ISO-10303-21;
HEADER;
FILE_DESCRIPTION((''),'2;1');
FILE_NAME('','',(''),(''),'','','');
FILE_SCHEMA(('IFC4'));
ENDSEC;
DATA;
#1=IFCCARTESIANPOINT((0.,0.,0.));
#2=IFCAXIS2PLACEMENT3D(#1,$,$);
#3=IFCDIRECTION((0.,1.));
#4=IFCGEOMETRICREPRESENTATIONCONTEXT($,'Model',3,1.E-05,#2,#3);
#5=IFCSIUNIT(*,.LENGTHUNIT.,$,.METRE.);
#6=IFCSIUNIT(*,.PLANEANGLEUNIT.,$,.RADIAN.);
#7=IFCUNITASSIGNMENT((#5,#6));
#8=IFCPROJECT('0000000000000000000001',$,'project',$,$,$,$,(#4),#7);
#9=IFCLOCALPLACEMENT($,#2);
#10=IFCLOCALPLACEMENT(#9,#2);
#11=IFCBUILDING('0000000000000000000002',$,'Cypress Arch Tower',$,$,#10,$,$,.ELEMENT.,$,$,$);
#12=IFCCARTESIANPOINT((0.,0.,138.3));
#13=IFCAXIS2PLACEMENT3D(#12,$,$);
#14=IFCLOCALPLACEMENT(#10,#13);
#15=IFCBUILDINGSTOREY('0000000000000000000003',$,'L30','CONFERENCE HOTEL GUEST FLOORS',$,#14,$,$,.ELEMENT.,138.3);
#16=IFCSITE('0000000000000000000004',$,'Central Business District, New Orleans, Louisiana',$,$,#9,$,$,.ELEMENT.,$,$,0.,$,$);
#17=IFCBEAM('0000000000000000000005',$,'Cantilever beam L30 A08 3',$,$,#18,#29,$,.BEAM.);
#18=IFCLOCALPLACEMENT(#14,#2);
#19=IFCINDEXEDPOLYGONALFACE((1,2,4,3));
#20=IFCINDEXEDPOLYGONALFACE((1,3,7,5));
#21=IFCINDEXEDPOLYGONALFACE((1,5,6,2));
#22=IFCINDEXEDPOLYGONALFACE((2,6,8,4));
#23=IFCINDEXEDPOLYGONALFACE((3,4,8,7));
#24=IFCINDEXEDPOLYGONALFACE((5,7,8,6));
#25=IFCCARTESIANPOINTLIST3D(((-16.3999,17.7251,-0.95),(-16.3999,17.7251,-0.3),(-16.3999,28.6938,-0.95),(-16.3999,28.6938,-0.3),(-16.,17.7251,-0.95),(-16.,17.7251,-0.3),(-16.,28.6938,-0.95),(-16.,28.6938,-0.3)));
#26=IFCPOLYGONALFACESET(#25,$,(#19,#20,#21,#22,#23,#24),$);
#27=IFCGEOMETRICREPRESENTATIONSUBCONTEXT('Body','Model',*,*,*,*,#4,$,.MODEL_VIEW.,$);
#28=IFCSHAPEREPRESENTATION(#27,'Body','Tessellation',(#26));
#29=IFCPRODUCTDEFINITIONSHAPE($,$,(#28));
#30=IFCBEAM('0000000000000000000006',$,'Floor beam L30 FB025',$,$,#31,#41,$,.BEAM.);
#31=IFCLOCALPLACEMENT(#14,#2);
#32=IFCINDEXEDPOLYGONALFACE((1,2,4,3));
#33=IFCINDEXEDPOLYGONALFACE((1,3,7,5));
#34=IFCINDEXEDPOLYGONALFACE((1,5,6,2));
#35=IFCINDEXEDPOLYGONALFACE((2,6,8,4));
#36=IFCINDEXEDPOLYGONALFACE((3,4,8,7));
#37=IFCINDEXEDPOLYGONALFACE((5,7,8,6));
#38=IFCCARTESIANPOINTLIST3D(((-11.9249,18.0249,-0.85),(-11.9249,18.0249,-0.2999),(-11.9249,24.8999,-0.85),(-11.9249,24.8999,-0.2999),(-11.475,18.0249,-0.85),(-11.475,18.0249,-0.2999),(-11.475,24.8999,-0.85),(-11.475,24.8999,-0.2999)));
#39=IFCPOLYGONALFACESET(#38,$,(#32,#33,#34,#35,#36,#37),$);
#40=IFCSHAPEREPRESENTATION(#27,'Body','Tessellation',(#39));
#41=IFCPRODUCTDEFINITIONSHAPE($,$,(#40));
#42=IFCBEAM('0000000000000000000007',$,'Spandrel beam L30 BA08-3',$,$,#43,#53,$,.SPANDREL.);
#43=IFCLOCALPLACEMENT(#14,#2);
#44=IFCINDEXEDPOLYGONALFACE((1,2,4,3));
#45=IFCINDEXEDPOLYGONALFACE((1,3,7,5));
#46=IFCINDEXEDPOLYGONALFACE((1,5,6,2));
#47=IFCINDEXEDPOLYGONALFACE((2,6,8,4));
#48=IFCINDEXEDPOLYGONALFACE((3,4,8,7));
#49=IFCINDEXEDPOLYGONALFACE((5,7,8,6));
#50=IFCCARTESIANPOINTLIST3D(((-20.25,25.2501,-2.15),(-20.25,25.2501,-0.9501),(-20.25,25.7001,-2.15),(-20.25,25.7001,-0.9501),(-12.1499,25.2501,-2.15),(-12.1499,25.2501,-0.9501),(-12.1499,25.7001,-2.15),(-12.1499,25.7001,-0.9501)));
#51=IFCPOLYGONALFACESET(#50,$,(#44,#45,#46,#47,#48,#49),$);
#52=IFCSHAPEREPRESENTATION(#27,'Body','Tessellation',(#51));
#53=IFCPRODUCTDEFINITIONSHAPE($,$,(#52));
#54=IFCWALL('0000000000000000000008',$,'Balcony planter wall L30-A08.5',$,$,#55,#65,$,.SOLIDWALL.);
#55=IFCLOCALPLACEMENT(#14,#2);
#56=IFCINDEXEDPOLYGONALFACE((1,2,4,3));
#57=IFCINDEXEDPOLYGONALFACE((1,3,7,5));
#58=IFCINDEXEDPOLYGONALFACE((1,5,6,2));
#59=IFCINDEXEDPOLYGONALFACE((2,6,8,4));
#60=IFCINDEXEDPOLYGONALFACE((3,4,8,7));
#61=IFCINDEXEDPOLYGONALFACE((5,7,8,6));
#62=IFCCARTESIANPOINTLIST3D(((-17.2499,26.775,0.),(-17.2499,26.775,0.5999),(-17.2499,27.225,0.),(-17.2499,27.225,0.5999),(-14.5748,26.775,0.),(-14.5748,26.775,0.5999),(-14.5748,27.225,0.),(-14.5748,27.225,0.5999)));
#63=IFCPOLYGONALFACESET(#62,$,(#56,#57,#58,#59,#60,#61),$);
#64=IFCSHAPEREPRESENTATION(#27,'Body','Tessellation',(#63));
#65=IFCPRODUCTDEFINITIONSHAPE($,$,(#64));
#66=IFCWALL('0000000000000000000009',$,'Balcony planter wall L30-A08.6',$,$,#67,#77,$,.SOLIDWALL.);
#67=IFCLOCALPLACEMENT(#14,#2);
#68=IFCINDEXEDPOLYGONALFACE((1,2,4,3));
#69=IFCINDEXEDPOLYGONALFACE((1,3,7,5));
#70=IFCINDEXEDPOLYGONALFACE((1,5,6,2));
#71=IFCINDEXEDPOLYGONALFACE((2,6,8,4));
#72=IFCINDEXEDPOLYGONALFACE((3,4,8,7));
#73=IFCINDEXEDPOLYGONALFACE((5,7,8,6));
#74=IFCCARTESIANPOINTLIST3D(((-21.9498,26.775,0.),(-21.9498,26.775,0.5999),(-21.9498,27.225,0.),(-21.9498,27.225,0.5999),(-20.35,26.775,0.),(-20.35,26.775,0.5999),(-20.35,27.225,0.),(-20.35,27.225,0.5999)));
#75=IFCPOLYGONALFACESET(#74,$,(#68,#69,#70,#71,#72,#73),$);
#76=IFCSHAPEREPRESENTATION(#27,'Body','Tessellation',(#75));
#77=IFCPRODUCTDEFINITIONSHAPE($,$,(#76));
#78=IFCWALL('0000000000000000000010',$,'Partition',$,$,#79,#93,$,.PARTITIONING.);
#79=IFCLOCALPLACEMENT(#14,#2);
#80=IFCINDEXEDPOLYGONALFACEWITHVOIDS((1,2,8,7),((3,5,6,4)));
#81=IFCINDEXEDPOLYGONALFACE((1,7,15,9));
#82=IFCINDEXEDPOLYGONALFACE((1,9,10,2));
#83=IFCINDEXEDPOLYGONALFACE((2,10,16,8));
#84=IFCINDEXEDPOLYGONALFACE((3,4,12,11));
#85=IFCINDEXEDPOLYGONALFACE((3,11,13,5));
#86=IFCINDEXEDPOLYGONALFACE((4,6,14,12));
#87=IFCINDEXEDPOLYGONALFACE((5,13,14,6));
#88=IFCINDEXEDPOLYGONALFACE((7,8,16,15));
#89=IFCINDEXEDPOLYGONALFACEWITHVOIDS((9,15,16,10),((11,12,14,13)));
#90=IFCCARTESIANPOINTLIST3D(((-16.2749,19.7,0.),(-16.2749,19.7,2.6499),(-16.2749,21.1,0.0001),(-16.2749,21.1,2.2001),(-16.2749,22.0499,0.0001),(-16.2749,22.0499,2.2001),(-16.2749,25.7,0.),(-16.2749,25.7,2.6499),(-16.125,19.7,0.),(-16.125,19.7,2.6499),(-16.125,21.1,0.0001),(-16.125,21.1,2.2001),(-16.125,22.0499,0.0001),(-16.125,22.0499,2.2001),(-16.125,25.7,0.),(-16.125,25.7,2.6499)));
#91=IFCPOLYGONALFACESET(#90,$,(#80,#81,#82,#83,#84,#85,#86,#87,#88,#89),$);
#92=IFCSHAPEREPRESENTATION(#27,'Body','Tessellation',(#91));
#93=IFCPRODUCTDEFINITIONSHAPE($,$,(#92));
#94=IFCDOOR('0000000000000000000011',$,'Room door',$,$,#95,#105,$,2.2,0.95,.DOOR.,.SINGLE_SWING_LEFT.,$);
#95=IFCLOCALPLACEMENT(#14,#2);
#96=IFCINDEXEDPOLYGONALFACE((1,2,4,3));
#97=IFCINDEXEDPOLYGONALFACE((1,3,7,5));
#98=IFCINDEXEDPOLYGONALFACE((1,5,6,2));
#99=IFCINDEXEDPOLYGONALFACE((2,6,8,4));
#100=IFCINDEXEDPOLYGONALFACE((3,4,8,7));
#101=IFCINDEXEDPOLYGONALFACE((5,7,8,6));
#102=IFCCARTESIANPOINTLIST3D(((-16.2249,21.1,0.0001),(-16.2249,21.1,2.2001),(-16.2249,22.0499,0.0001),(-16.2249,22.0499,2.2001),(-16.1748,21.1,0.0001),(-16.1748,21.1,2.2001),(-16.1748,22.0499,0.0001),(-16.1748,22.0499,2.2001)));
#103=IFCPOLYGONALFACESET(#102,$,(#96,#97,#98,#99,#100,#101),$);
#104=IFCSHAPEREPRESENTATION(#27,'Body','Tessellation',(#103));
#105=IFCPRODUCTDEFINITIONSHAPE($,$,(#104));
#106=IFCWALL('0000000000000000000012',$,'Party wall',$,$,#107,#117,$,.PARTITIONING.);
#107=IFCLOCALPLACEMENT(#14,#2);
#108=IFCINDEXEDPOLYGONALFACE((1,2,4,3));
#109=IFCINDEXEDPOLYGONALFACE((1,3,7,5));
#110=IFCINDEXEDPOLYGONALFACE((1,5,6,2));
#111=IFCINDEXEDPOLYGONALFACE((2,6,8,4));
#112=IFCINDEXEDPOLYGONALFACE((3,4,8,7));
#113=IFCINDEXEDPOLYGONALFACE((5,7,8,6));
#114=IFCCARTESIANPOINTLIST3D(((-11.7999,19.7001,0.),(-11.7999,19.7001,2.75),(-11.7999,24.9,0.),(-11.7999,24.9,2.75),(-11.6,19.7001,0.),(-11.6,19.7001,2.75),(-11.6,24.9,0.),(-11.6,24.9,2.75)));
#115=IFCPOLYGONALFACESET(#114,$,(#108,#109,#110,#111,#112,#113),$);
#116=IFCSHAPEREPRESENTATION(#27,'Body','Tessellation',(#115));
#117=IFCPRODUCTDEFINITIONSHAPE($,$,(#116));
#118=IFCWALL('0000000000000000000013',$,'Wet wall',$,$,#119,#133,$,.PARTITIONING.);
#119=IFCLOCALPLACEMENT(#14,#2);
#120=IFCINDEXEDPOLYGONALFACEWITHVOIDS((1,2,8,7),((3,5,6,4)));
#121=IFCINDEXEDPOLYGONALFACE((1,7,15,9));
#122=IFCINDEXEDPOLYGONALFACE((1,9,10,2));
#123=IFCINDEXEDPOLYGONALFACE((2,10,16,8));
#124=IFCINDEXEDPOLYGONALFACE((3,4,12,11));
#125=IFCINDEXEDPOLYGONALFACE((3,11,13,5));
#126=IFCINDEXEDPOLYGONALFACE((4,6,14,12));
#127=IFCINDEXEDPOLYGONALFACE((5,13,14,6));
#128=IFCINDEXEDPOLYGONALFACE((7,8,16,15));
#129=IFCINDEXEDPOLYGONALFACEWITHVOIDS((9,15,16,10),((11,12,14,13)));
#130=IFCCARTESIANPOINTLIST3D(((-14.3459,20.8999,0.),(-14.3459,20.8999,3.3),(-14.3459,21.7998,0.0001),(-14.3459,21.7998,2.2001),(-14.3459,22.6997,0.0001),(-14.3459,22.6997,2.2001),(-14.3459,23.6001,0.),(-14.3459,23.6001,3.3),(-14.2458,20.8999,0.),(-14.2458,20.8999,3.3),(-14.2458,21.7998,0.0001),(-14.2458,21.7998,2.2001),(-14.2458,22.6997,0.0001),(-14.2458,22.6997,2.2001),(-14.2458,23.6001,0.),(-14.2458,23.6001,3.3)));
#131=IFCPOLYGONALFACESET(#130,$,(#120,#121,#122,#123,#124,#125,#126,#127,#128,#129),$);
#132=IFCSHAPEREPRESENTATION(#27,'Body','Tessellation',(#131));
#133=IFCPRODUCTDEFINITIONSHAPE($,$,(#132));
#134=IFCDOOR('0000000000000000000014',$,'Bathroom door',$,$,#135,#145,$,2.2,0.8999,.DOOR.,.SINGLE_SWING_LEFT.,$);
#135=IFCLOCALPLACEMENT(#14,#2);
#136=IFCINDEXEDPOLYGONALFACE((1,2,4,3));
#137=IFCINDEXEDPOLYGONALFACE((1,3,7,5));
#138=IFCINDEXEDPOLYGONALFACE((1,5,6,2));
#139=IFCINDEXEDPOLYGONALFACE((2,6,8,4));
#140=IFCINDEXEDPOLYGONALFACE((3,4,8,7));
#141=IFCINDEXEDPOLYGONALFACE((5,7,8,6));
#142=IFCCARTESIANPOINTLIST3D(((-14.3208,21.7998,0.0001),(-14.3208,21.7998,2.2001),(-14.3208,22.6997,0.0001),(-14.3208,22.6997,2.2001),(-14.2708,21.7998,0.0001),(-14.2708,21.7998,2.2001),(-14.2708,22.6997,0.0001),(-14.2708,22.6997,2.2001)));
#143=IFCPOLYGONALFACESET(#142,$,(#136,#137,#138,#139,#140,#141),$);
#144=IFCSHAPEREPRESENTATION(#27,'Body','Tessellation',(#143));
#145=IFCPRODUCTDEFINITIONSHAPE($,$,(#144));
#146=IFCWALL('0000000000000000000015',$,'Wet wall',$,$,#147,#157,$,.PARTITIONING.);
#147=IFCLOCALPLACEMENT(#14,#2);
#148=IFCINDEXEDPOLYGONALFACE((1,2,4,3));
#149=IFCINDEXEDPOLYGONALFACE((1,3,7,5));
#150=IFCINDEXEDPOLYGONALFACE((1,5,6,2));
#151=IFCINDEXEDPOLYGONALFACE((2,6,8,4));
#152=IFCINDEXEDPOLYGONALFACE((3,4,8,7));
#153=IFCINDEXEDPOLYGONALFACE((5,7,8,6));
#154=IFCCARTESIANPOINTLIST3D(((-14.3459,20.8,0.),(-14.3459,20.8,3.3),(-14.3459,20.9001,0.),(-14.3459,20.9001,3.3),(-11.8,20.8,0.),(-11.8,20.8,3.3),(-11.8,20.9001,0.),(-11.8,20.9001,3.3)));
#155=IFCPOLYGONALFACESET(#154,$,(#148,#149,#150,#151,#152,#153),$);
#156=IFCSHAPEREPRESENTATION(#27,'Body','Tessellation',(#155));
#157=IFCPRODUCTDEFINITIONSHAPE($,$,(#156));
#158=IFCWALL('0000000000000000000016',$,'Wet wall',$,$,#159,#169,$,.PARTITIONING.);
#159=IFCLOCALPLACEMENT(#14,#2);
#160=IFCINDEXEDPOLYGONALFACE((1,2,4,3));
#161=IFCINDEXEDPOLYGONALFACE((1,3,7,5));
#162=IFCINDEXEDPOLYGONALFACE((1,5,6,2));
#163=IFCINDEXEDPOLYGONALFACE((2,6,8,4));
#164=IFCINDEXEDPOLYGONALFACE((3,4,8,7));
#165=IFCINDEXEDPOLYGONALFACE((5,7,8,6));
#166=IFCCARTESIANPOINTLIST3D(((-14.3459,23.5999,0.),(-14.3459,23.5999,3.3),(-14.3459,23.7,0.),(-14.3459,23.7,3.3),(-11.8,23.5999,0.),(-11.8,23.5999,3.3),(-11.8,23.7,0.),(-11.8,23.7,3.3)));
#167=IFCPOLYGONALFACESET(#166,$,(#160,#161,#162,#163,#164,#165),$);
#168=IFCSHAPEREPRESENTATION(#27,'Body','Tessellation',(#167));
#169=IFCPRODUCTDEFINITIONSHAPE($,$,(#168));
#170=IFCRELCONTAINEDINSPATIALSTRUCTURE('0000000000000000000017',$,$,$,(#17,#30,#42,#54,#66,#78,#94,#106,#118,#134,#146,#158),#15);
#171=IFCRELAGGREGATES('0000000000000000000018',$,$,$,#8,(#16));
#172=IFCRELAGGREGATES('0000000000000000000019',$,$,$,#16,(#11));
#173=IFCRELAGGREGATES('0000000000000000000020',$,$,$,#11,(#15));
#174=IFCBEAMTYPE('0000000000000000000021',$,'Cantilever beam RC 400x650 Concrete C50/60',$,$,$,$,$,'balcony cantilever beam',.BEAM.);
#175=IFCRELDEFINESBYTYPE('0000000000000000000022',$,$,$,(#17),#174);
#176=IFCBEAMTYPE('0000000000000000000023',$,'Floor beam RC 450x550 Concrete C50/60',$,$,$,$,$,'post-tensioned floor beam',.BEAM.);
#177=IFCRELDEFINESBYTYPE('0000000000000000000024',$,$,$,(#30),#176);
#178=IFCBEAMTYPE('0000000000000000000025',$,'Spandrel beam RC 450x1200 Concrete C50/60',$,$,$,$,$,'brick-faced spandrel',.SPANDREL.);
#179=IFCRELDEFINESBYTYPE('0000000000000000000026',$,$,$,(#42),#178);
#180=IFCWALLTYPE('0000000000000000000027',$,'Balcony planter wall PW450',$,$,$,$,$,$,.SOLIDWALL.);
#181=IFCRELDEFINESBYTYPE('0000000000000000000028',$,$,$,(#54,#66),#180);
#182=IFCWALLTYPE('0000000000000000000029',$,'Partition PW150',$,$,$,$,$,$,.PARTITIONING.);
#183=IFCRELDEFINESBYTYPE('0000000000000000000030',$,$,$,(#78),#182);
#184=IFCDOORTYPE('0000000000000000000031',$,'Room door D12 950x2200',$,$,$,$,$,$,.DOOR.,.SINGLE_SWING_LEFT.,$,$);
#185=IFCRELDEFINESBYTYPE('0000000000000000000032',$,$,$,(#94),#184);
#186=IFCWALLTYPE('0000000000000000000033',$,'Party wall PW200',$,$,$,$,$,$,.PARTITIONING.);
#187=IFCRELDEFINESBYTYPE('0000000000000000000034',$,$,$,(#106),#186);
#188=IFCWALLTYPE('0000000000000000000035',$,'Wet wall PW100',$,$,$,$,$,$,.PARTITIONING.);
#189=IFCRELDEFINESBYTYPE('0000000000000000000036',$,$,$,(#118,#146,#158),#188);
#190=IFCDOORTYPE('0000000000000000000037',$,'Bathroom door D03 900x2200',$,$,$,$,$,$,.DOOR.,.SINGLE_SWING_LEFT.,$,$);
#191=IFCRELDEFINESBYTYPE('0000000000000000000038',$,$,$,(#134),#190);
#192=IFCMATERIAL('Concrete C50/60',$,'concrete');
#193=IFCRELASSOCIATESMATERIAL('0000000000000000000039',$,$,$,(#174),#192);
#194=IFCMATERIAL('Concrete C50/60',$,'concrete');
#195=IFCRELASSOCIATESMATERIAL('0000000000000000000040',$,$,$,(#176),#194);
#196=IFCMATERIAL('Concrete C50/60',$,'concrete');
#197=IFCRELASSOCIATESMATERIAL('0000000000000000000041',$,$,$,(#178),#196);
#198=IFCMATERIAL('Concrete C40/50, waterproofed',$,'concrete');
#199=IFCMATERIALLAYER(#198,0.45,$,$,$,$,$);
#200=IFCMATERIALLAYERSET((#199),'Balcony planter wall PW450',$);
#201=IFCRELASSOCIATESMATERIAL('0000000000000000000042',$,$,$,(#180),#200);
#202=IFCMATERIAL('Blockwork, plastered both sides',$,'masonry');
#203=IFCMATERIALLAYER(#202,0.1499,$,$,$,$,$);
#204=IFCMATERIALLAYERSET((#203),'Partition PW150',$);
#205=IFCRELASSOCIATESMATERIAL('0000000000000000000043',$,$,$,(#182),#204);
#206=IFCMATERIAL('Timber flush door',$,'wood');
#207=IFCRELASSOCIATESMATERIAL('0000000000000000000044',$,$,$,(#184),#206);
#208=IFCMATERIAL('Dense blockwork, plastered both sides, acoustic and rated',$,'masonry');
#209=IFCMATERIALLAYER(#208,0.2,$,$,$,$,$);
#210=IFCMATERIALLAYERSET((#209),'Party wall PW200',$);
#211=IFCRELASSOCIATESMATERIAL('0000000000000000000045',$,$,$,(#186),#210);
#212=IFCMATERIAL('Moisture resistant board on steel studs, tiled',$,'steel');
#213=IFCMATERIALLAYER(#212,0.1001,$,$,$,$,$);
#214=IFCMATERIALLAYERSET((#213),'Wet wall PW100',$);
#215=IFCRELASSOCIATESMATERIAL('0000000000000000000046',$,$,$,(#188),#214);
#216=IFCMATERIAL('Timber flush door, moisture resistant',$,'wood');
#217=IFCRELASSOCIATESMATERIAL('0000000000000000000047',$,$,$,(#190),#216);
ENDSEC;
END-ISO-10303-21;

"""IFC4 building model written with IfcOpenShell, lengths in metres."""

from ifc_helpers import new_model, si_unit, direction, frame, frame_2d, origin, origin_2d, place, context, subcontext, project, spatial, rectangle, extrude, material, layer, layer_set, material_profile, profile_set, type_object, element, fill, save


model = new_model("IFC4")

# Units and contexts
model_context = context("Model", 3, precision=1e-05, world=origin(), true_north=direction((0.0, 1.0)))
body_context = subcontext(model_context, "Body", "Model", "MODEL_VIEW")
ifc_project = project(units=[si_unit("LENGTHUNIT", "METRE"), si_unit("PLANEANGLEUNIT", "RADIAN")], contexts=[model_context])

# Site, building, storey
site_placement = place(None, origin())
site = spatial("IfcSite", under=ifc_project, at=site_placement, Name="Central Business District, New Orleans, Louisiana", CompositionType="ELEMENT", RefElevation=0.0)
building_placement = place(site_placement, origin())
building = spatial("IfcBuilding", under=site, at=building_placement, Name="Cypress Arch Tower", CompositionType="ELEMENT")
storey_placement = place(building_placement, frame((0.0, 0.0, 138.3)))
storey = spatial("IfcBuildingStorey", under=building, at=storey_placement, Name="L30", Description="CONFERENCE HOTEL GUEST FLOORS", CompositionType="ELEMENT", Elevation=138.3)

# Beams
ifc_material_1 = material(Name="Concrete C50/60", Category="concrete")
ifc_material_profile_1 = material_profile(ifc_material_1, rectangle(XDim=0.3999, YDim=0.6499, at=origin_2d()), Name="RC 400x650")
ifc_profile_set_1 = profile_set([ifc_material_profile_1], Name="Concrete C50/60")
beam_type_1 = type_object("IfcBeamType", Name="Cantilever beam RC 400x650 Concrete C50/60", ElementType="balcony cantilever beam", PredefinedType="BEAM", material=ifc_profile_set_1)
beam_1_placement = place(storey_placement, frame((-16.2, 17.7251, -0.625), z_axis=(0.0, 1.0, 0.0), x_axis=(-1.0, 0.0, 0.0)))
element("IfcBeam", 1, at=beam_1_placement, inside=storey, type_object=beam_type_1, Name="Cantilever beam L30 A08 3", PredefinedType="BEAM", context=body_context, shape_type="SweptSolid", body=[
    extrude(rectangle(XDim=0.3999, YDim=0.6499, at=origin_2d()), origin(), (0.0, 0.0, 1.0), 10.9688),
])
ifc_material_2 = material(Name="Concrete C50/60", Category="concrete")
ifc_material_profile_2 = material_profile(ifc_material_2, rectangle(XDim=0.45, YDim=0.55, at=origin_2d()), Name="RC 450x550")
ifc_profile_set_2 = profile_set([ifc_material_profile_2], Name="Concrete C50/60")
beam_type_2 = type_object("IfcBeamType", Name="Floor beam RC 450x550 Concrete C50/60", ElementType="post-tensioned floor beam", PredefinedType="BEAM", material=ifc_profile_set_2)
beam_2_placement = place(storey_placement, frame((-11.7, 18.0249, -0.575), z_axis=(0.0, 1.0, 0.0), x_axis=(-1.0, 0.0, 0.0)))
element("IfcBeam", 2, at=beam_2_placement, inside=storey, type_object=beam_type_2, Name="Floor beam L30 FB025", PredefinedType="BEAM", context=body_context, shape_type="SweptSolid", body=[
    extrude(rectangle(XDim=0.45, YDim=0.55, at=origin_2d()), origin(), (0.0, 0.0, 1.0), 6.875),
])
ifc_material_3 = material(Name="Concrete C50/60", Category="concrete")
ifc_material_profile_3 = material_profile(ifc_material_3, rectangle(XDim=0.45, YDim=1.2, at=origin_2d()), Name="RC 450x1200")
ifc_profile_set_3 = profile_set([ifc_material_profile_3], Name="Concrete C50/60")
beam_type_3 = type_object("IfcBeamType", Name="Spandrel beam RC 450x1200 Concrete C50/60", ElementType="brick-faced spandrel", PredefinedType="SPANDREL", material=ifc_profile_set_3)
beam_3_placement = place(storey_placement, frame((-12.1499, 25.4751, -1.55), z_axis=(-1.0, 0.0, 0.0), x_axis=(0.0, -1.0, 0.0)))
element("IfcBeam", 3, at=beam_3_placement, inside=storey, type_object=beam_type_3, Name="Spandrel beam L30 BA08-3", PredefinedType="SPANDREL", context=body_context, shape_type="SweptSolid", body=[
    extrude(rectangle(XDim=0.45, YDim=1.2, at=origin_2d()), origin(), (0.0, 0.0, 1.0), 8.1001),
])

# Walls
ifc_material_4 = material(Name="Concrete C40/50, waterproofed", Category="concrete")
ifc_layer_1 = layer(ifc_material_4, 0.45)
ifc_layer_set_1 = layer_set([ifc_layer_1], Name="Balcony planter wall PW450")
wall_type_1 = type_object("IfcWallType", Name="Balcony planter wall PW450", PredefinedType="SOLIDWALL", material=ifc_layer_set_1)
wall_1_placement = place(storey_placement, frame((-14.575, 27.0, 0.0), z_axis=(0.0, 0.0, 1.0), x_axis=(-1.0, 0.0, 0.0)))
element("IfcWall", 4, at=wall_1_placement, inside=storey, type_object=wall_type_1, Name="Balcony planter wall L30-A08.5", PredefinedType="SOLIDWALL", context=body_context, shape_type="SweptSolid", body=[
    extrude(rectangle(XDim=2.675, YDim=0.45, at=frame_2d((1.3374, 0.0))), origin(), (0.0, 0.0, 1.0), 0.5999),
])
wall_2_placement = place(storey_placement, frame((-20.3501, 27.0, 0.0), z_axis=(0.0, 0.0, 1.0), x_axis=(-1.0, 0.0, 0.0)))
element("IfcWall", 5, at=wall_2_placement, inside=storey, type_object=wall_type_1, Name="Balcony planter wall L30-A08.6", PredefinedType="SOLIDWALL", context=body_context, shape_type="SweptSolid", body=[
    extrude(rectangle(XDim=1.5999, YDim=0.45, at=frame_2d((0.7998, 0.0))), origin(), (0.0, 0.0, 1.0), 0.5999),
])

# Wall, opening, door
ifc_material_5 = material(Name="Blockwork, plastered both sides", Category="masonry")
ifc_layer_2 = layer(ifc_material_5, 0.1499)
ifc_layer_set_2 = layer_set([ifc_layer_2], Name="Partition PW150")
wall_type_2 = type_object("IfcWallType", Name="Partition PW150", PredefinedType="PARTITIONING", material=ifc_layer_set_2)
wall_3_placement = place(storey_placement, frame((-16.2, 19.7, 0.0), z_axis=(0.0, 0.0, 1.0), x_axis=(0.0, 1.0, 0.0)))
wall_3 = element("IfcWall", 6, at=wall_3_placement, inside=storey, type_object=wall_type_2, Name="Partition", PredefinedType="PARTITIONING", context=body_context, shape_type="SweptSolid", body=[
    extrude(rectangle(XDim=6.0, YDim=0.1499, at=frame_2d((3.0, 0.0))), origin(), (0.0, 0.0, 1.0), 2.6499),
])
opening_1_placement = place(wall_3_placement, frame((1.3999, 0.0, 0.0)))
opening_1 = element("IfcOpeningElement", 7, at=opening_1_placement, cuts=wall_3, PredefinedType="OPENING", context=body_context, shape_type="SweptSolid", body=[
    extrude(rectangle(XDim=0.95, YDim=2.2, at=frame_2d((0.4751, 1.1001))), frame((0.0, 0.085, 0.0), z_axis=(0.0, -1.0, 0.0), x_axis=(1.0, 0.0, 0.0)), (0.0, 0.0, 1.0), 0.1699),
])
ifc_material_6 = material(Name="Timber flush door", Category="wood")
door_type_1 = type_object("IfcDoorType", Name="Room door D12 950x2200", OperationType="SINGLE_SWING_LEFT", PredefinedType="DOOR", material=ifc_material_6)
door_1_placement = place(opening_1_placement, origin())
door_1 = element("IfcDoor", 8, at=door_1_placement, inside=storey, type_object=door_type_1, Name="Room door", OperationType="SINGLE_SWING_LEFT", OverallHeight=2.2, OverallWidth=0.95, PredefinedType="DOOR", context=body_context, shape_type="SweptSolid", body=[
    extrude(rectangle(XDim=0.95, YDim=2.2, at=frame_2d((0.4751, 1.1001))), frame((0.0, 0.0249, 0.0), z_axis=(0.0, -1.0, 0.0), x_axis=(1.0, 0.0, 0.0)), (0.0, 0.0, 1.0), 0.05),
])
fill(opening_1, door_1)

# Wall
ifc_material_7 = material(Name="Dense blockwork, plastered both sides, acoustic and rated", Category="masonry")
ifc_layer_3 = layer(ifc_material_7, 0.2)
ifc_layer_set_3 = layer_set([ifc_layer_3], Name="Party wall PW200")
wall_type_3 = type_object("IfcWallType", Name="Party wall PW200", PredefinedType="PARTITIONING", material=ifc_layer_set_3)
wall_4_placement = place(storey_placement, frame((-11.7, 19.7, 0.0), z_axis=(0.0, 0.0, 1.0), x_axis=(0.0, 1.0, 0.0)))
element("IfcWall", 9, at=wall_4_placement, inside=storey, type_object=wall_type_3, Name="Party wall", PredefinedType="PARTITIONING", context=body_context, shape_type="SweptSolid", body=[
    extrude(rectangle(XDim=5.2, YDim=0.2, at=frame_2d((2.6001, 0.0))), origin(), (0.0, 0.0, 1.0), 2.75),
])

# Wall, opening, door
ifc_material_8 = material(Name="Moisture resistant board on steel studs, tiled", Category="steel")
ifc_layer_4 = layer(ifc_material_8, 0.1001)
ifc_layer_set_4 = layer_set([ifc_layer_4], Name="Wet wall PW100")
wall_type_4 = type_object("IfcWallType", Name="Wet wall PW100", PredefinedType="PARTITIONING", material=ifc_layer_set_4)
wall_5_placement = place(storey_placement, frame((-14.2959, 20.8999, 0.0), z_axis=(0.0, 0.0, 1.0), x_axis=(0.0, 1.0, 0.0)))
wall_5 = element("IfcWall", 10, at=wall_5_placement, inside=storey, type_object=wall_type_4, Name="Wet wall", PredefinedType="PARTITIONING", context=body_context, shape_type="SweptSolid", body=[
    extrude(rectangle(XDim=2.7002, YDim=0.1001, at=frame_2d((1.3501, 0.0))), origin(), (0.0, 0.0, 1.0), 3.3),
])
opening_2_placement = place(wall_5_placement, frame((0.8999, 0.0, 0.0)))
opening_2 = element("IfcOpeningElement", 11, at=opening_2_placement, cuts=wall_5, PredefinedType="OPENING", context=body_context, shape_type="SweptSolid", body=[
    extrude(rectangle(XDim=0.8999, YDim=2.2, at=frame_2d((0.45, 1.1001))), frame((0.0, 0.0601, 0.0), z_axis=(0.0, -1.0, 0.0), x_axis=(1.0, 0.0, 0.0)), (0.0, 0.0, 1.0), 0.1201),
])
ifc_material_9 = material(Name="Timber flush door, moisture resistant", Category="wood")
door_type_2 = type_object("IfcDoorType", Name="Bathroom door D03 900x2200", OperationType="SINGLE_SWING_LEFT", PredefinedType="DOOR", material=ifc_material_9)
door_2_placement = place(opening_2_placement, origin())
door_2 = element("IfcDoor", 12, at=door_2_placement, inside=storey, type_object=door_type_2, Name="Bathroom door", OperationType="SINGLE_SWING_LEFT", OverallHeight=2.2, OverallWidth=0.8999, PredefinedType="DOOR", context=body_context, shape_type="SweptSolid", body=[
    extrude(rectangle(XDim=0.8999, YDim=2.2, at=frame_2d((0.45, 1.1001))), frame((0.0, 0.0249, 0.0), z_axis=(0.0, -1.0, 0.0), x_axis=(1.0, 0.0, 0.0)), (0.0, 0.0, 1.0), 0.05),
])
fill(opening_2, door_2)

# Walls
for number, where, z_axis, x_axis, name in (
    (13, (-14.3459, 20.8501, 0.0), (0.0, 0.0, 1.0), (1.0, 0.0, 0.0), "Wet wall"),
    (14, (-14.3459, 23.6499, 0.0), (0.0, 0.0, 1.0), (1.0, 0.0, 0.0), "Wet wall"),
):
    element("IfcWall", number, at=place(storey_placement, frame(where, z_axis=z_axis, x_axis=x_axis)), inside=storey, type_object=wall_type_4, Name=name, PredefinedType="PARTITIONING", context=body_context, shape_type="SweptSolid", body=[
        extrude(rectangle(XDim=2.5459, YDim=0.1001, at=frame_2d((1.2729, 0.0))), origin(), (0.0, 0.0, 1.0), 3.3),
    ])

save(model, "model.ifc")
